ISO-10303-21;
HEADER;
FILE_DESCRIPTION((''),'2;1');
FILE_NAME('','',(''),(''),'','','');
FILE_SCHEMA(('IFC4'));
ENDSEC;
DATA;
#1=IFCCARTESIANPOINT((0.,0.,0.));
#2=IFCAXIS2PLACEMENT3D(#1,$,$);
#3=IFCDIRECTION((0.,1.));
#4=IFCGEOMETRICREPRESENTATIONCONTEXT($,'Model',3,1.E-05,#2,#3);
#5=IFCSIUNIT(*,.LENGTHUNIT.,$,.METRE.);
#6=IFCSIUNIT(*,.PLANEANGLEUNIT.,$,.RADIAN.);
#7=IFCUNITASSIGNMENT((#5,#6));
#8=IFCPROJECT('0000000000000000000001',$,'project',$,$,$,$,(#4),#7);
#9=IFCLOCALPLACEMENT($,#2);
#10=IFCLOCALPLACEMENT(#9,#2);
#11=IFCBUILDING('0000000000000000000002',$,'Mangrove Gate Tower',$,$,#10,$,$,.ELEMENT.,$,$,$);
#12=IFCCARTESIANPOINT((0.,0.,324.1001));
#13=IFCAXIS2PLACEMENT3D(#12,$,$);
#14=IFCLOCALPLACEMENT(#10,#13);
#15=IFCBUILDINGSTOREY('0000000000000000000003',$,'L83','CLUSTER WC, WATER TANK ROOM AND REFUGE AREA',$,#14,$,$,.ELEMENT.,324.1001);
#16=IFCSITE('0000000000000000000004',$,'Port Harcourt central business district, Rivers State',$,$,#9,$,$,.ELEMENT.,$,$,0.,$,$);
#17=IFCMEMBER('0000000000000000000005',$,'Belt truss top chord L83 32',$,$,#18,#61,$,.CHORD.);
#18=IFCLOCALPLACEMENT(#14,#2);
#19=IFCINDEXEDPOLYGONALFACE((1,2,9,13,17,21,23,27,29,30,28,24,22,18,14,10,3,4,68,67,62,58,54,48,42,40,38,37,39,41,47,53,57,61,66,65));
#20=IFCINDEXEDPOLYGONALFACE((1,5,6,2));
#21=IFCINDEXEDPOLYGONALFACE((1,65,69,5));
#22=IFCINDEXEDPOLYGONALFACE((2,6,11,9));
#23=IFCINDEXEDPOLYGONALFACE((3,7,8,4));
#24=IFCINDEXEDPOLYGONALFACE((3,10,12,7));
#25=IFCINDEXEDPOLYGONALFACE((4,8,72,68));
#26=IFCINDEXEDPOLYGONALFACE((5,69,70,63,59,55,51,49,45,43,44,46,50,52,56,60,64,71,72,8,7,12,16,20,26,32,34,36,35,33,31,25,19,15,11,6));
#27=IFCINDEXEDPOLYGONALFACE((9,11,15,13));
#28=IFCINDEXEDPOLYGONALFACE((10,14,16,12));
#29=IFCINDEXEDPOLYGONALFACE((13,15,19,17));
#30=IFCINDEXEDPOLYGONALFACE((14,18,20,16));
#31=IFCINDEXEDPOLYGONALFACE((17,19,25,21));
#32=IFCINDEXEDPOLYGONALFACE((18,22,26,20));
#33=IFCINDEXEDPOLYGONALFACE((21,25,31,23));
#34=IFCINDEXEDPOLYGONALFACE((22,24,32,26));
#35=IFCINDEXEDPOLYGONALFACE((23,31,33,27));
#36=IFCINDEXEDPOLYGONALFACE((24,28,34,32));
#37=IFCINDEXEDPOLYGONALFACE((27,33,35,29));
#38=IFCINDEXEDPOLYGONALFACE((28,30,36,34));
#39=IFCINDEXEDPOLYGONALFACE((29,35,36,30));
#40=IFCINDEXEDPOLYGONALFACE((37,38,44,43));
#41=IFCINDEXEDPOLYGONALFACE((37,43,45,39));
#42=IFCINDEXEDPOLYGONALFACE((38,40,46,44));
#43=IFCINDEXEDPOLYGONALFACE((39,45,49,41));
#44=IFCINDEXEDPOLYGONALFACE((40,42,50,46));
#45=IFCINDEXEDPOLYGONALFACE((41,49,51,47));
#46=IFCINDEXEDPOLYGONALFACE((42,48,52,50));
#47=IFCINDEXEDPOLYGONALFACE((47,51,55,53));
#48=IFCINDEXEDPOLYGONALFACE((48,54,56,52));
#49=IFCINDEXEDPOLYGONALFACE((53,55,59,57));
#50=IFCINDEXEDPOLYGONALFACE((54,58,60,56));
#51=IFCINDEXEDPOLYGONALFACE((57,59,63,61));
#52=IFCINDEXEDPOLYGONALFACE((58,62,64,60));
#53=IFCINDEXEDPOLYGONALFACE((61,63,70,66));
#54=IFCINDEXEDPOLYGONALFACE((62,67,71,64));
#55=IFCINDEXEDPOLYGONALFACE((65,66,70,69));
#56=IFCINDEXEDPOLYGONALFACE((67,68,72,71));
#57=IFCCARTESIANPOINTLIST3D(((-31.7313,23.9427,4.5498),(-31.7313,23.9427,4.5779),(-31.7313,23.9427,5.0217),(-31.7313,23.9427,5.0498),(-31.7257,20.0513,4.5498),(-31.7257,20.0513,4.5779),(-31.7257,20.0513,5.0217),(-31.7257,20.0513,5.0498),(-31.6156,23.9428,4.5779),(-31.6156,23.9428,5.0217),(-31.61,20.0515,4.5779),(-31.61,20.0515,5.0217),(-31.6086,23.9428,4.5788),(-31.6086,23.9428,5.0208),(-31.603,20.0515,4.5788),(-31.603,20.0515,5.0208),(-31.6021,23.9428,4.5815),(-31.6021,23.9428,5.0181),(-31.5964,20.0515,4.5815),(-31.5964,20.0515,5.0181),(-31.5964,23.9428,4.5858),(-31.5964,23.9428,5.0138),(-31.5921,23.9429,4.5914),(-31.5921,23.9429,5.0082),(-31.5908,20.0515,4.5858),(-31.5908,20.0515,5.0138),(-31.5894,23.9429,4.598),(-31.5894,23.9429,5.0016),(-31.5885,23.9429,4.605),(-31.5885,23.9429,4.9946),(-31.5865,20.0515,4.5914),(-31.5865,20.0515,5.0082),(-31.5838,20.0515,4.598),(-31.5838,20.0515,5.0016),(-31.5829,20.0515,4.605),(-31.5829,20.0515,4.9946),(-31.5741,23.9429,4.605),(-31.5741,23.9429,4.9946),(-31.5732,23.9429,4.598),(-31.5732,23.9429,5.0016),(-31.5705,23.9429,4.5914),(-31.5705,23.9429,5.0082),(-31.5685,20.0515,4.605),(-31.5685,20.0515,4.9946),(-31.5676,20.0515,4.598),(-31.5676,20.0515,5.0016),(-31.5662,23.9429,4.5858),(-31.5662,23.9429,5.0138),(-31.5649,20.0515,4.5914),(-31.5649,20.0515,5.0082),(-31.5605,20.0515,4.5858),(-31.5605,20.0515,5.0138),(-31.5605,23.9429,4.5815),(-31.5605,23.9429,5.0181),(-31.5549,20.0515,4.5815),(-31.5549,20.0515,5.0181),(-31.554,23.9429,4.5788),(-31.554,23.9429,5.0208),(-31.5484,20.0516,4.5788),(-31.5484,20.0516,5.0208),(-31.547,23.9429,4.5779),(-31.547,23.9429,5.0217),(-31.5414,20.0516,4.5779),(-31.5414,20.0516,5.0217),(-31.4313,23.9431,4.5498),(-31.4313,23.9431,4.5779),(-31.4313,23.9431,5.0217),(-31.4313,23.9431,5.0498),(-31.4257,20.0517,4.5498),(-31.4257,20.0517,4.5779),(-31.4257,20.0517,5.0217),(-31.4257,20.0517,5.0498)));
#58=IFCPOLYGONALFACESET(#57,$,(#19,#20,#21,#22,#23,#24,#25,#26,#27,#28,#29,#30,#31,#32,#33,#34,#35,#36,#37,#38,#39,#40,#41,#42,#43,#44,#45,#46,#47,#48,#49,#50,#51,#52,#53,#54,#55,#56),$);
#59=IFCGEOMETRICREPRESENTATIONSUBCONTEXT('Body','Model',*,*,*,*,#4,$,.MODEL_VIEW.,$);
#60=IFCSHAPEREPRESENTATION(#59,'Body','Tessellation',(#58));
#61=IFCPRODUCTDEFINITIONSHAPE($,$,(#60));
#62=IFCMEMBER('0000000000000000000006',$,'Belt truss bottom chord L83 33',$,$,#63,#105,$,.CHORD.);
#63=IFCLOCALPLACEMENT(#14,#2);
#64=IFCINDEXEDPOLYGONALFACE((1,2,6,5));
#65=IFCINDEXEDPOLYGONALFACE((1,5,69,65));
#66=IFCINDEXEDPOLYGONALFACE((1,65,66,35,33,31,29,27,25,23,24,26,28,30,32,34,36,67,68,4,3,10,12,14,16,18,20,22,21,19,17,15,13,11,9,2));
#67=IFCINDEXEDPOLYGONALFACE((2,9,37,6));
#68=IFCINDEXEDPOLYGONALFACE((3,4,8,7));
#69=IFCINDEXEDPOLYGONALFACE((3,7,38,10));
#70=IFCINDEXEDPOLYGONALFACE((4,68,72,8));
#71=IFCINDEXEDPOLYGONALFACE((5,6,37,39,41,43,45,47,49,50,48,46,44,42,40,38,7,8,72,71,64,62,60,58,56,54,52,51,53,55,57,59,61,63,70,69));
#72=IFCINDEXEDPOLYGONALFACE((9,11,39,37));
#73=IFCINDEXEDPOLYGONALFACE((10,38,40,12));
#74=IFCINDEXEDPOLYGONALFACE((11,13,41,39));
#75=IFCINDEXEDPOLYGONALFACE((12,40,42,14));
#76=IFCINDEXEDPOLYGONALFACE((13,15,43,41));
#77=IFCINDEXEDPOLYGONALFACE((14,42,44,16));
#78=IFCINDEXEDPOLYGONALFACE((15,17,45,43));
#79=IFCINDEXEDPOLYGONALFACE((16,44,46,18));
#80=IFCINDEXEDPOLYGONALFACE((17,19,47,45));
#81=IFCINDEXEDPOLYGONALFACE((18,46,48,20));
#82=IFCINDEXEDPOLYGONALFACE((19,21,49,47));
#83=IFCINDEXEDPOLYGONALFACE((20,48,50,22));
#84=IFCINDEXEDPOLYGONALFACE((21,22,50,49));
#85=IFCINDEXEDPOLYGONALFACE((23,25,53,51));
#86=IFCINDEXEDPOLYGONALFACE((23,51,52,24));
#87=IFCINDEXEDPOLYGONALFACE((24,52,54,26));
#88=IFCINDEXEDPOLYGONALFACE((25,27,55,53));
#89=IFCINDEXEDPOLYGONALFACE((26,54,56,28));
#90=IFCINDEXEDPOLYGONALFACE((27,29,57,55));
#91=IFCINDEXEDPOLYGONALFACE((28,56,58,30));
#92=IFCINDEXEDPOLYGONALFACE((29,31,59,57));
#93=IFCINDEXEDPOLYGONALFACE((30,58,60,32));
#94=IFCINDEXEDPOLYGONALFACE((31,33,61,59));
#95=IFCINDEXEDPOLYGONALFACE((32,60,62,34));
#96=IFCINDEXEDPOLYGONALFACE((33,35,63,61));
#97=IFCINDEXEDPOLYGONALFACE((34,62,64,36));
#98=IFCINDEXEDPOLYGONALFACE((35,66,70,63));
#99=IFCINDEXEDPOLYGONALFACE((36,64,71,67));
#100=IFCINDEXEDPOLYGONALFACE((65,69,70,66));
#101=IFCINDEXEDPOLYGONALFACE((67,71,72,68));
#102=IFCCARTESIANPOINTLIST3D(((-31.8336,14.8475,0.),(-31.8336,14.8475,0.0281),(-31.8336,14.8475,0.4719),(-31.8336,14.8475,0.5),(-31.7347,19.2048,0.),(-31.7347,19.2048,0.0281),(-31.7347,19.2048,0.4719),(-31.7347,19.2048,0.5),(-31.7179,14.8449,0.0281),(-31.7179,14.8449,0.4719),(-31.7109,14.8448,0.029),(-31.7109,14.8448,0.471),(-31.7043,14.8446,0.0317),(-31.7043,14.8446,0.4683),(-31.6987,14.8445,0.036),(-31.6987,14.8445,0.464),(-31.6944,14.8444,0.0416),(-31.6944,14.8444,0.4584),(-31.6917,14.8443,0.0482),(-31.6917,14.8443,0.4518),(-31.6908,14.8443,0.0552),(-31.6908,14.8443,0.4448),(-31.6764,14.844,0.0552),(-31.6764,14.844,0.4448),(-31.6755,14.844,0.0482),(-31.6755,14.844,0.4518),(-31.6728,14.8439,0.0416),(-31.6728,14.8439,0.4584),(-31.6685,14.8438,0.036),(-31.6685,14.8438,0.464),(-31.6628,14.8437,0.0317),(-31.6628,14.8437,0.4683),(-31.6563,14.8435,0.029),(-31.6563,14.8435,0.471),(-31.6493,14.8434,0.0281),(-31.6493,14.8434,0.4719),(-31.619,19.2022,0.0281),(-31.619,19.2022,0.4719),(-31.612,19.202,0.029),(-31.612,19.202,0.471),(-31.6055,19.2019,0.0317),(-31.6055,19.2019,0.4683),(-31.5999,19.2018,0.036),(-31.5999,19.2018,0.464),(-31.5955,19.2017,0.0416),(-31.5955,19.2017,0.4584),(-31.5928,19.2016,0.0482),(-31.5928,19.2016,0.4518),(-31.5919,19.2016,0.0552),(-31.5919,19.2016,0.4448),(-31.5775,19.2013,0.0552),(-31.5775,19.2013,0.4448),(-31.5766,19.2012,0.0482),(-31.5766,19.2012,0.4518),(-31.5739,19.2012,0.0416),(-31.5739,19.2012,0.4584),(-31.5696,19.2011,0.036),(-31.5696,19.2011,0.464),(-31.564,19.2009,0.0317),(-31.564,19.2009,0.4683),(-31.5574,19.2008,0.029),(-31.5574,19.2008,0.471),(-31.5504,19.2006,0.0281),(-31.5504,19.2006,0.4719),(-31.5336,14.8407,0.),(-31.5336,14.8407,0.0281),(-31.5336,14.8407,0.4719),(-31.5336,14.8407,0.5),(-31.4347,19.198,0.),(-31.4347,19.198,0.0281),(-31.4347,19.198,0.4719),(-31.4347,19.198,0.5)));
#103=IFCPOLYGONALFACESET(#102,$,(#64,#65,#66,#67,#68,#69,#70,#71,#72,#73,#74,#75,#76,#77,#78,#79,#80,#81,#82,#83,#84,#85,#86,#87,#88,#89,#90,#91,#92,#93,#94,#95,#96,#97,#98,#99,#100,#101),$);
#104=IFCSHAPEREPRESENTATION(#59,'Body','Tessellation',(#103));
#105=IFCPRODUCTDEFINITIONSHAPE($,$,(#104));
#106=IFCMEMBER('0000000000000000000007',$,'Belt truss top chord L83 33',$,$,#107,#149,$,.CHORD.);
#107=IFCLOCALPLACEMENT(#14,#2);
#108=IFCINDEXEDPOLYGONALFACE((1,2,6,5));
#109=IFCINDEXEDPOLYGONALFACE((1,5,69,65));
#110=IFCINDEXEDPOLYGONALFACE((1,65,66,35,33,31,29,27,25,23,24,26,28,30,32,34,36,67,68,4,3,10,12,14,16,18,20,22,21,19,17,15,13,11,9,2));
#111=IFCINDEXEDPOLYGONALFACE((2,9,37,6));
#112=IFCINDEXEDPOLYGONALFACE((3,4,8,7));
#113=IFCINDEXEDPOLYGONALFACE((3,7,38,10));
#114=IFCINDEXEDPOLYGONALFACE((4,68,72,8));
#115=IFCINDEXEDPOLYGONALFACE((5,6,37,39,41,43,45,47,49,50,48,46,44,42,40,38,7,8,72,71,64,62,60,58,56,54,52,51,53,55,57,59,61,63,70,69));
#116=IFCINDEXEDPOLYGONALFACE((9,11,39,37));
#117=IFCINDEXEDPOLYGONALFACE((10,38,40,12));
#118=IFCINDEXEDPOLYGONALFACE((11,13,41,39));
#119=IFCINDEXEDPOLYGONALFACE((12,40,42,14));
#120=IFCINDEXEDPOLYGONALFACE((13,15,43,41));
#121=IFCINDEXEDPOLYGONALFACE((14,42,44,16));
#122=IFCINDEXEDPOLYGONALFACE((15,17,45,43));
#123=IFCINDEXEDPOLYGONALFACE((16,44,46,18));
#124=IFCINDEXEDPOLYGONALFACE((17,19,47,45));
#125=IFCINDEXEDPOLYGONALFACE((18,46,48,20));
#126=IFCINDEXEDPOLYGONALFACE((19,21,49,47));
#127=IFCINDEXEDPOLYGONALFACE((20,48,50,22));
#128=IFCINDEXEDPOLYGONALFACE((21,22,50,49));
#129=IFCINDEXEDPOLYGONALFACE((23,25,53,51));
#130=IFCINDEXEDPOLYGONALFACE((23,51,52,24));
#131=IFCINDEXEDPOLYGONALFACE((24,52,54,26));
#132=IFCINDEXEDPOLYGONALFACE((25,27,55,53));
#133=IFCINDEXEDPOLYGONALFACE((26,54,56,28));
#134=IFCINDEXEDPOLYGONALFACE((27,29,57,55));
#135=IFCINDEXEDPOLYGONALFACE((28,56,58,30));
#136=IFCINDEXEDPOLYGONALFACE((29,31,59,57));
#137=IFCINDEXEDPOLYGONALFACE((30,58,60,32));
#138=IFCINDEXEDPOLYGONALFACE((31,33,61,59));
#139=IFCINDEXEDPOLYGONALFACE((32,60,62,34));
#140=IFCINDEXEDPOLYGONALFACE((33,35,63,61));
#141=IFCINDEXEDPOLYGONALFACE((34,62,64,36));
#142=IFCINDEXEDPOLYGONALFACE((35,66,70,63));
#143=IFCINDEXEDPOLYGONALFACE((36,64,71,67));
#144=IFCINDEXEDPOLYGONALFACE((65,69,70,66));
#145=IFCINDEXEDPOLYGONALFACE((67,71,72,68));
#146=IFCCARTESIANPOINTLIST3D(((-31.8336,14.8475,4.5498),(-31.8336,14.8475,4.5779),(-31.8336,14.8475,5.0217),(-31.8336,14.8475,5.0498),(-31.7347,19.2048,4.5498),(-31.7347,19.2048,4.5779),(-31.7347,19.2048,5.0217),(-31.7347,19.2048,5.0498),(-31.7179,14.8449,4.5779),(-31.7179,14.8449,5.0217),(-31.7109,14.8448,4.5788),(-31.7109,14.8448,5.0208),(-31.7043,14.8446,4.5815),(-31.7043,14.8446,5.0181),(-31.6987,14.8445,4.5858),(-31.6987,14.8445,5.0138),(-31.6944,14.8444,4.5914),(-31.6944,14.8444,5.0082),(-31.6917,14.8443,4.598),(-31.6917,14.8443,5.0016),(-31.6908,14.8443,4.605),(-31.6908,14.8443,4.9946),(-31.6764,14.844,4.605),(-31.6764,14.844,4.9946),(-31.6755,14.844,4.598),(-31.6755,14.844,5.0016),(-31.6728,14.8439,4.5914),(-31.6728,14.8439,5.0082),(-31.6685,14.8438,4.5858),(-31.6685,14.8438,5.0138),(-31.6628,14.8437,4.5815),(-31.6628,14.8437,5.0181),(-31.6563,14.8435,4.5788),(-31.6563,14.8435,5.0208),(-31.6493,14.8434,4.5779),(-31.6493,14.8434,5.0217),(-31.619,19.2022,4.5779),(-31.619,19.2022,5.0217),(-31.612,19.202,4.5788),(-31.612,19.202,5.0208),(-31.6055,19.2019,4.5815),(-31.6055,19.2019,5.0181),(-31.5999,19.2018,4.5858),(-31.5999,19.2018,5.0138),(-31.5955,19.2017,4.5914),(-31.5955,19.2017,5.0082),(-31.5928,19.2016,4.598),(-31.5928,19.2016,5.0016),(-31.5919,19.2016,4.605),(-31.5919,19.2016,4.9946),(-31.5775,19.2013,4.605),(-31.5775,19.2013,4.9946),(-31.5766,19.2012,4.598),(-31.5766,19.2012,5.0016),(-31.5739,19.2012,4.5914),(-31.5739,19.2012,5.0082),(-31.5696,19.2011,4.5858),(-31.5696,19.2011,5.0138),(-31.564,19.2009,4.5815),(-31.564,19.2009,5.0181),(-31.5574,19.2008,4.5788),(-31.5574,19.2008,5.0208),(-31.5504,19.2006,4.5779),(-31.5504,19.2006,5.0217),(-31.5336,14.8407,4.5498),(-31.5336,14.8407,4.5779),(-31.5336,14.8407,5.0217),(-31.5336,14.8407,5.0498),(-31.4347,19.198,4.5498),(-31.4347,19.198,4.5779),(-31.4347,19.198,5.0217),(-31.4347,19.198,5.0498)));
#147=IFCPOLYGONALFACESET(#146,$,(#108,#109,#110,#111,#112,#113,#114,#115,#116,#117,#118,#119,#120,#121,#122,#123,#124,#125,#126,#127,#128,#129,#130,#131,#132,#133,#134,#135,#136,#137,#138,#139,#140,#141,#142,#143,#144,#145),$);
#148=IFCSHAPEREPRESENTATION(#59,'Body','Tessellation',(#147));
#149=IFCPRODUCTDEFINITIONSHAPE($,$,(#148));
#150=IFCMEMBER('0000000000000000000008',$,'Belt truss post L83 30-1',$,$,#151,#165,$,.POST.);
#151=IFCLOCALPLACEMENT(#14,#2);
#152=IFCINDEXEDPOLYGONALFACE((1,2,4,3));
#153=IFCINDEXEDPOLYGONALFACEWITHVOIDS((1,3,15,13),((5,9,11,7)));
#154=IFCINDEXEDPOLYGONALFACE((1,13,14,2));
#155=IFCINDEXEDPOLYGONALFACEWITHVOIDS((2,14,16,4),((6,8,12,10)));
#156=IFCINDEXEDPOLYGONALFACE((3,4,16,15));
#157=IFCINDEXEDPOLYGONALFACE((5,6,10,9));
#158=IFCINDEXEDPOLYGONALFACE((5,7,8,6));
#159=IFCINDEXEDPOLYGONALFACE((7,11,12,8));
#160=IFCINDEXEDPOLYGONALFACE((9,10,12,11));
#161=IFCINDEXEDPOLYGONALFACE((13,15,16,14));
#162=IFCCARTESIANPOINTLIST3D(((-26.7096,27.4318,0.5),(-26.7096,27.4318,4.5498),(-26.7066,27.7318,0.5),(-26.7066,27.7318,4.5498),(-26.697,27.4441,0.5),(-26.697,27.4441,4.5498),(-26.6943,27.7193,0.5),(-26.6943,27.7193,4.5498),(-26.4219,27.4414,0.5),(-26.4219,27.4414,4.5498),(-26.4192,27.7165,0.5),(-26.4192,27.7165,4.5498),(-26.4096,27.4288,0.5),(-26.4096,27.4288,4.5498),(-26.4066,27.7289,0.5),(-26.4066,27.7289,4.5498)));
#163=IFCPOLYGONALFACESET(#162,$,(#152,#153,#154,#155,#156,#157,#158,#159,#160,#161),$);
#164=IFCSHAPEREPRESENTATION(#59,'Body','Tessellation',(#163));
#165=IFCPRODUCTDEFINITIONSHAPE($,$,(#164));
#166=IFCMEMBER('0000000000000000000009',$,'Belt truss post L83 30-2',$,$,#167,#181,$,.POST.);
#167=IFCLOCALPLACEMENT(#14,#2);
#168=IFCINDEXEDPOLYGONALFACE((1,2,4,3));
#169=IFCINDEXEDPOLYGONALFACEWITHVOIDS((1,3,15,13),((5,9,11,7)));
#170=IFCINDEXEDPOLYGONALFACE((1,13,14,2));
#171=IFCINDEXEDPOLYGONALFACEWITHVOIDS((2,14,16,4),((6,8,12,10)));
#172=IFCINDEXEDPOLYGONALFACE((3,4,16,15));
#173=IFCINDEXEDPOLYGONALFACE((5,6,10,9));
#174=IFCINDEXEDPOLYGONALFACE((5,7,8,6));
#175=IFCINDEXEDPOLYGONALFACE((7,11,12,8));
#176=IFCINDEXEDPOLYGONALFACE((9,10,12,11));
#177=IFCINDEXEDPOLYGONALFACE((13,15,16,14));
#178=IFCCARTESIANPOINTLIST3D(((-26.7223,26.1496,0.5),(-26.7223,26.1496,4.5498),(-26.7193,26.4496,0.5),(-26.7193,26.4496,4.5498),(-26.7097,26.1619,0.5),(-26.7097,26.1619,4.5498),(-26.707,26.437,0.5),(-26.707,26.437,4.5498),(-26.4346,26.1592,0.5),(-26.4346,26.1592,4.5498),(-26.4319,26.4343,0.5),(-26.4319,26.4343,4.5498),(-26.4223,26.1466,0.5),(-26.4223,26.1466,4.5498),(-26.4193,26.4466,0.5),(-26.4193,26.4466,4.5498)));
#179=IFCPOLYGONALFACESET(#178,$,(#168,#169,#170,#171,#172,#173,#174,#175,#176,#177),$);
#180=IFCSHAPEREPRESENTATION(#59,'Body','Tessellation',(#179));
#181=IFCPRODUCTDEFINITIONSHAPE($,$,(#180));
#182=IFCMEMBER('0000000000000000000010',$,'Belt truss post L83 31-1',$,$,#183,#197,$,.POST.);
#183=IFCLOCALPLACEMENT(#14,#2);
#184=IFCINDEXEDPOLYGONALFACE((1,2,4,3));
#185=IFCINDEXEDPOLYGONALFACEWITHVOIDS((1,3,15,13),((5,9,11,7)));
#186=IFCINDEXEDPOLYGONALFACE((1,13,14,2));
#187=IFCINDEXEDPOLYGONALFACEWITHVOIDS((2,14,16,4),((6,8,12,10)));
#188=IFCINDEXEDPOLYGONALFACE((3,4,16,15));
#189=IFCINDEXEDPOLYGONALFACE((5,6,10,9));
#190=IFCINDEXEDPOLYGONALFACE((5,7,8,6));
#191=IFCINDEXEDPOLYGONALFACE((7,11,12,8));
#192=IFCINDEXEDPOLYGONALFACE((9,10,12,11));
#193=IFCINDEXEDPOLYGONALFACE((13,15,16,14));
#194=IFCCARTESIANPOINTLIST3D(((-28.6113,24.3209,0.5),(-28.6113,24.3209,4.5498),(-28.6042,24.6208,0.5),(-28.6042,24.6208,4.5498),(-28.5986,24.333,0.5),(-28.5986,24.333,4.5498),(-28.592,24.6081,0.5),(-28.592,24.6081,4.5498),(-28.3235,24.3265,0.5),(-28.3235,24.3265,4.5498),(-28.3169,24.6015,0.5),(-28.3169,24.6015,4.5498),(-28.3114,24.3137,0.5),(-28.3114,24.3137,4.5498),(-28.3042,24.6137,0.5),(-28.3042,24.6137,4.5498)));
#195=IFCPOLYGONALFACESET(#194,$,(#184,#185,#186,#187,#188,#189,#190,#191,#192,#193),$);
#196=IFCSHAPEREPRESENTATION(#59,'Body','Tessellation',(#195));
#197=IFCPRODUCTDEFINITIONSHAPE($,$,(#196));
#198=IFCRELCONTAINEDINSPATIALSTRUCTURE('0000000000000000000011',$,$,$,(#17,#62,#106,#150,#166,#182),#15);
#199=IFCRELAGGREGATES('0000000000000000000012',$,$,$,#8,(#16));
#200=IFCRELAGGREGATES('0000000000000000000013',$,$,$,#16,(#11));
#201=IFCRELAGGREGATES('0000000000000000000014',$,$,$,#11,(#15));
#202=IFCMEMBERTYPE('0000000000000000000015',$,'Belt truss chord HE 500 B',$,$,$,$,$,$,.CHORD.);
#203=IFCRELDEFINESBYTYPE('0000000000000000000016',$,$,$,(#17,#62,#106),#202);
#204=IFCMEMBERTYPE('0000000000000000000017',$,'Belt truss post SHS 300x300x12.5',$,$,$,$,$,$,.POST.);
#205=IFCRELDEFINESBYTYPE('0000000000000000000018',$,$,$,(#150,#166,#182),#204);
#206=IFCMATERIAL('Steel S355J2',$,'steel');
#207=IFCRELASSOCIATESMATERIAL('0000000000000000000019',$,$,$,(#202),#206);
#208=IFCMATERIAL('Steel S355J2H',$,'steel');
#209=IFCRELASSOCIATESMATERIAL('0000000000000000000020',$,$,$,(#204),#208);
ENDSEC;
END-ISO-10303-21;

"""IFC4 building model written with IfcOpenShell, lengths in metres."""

from ifc_helpers import new_model, si_unit, direction, frame, origin, origin_2d, place, context, subcontext, project, spatial, hollow_rectangle, i_section, extrude, material, material_profile, profile_set, type_object, element, save


model = new_model("IFC4")

# Units and contexts
model_context = context("Model", 3, precision=1e-05, world=origin(), true_north=direction((0.0, 1.0)))
body_context = subcontext(model_context, "Body", "Model", "MODEL_VIEW")
ifc_project = project(units=[si_unit("LENGTHUNIT", "METRE"), si_unit("PLANEANGLEUNIT", "RADIAN")], contexts=[model_context])

# Site, building, storey
site_placement = place(None, origin())
site = spatial("IfcSite", under=ifc_project, at=site_placement, Name="Port Harcourt central business district, Rivers State", CompositionType="ELEMENT", RefElevation=0.0)
building_placement = place(site_placement, origin())
building = spatial("IfcBuilding", under=site, at=building_placement, Name="Mangrove Gate Tower", CompositionType="ELEMENT")
storey_placement = place(building_placement, frame((0.0, 0.0, 324.1001)))
storey = spatial("IfcBuildingStorey", under=building, at=storey_placement, Name="L83", Description="CLUSTER WC, WATER TANK ROOM AND REFUGE AREA", CompositionType="ELEMENT", Elevation=324.1001)

# Members
ifc_material_1 = material(Name="Steel S355J2", Category="steel")
ifc_material_profile_1 = material_profile(ifc_material_1, i_section(OverallWidth=0.3, OverallDepth=0.5, WebThickness=0.0144, FlangeThickness=0.0281, FilletRadius=0.0271, at=origin_2d()))
ifc_profile_set_1 = profile_set([ifc_material_profile_1], Name="Steel S355J2")
member_type_1 = type_object("IfcMemberType", Name="Belt truss chord HE 500 B", PredefinedType="CHORD", material=ifc_profile_set_1)
for number, where, z_axis, x_axis, name in (
    (1, (-31.5813, 23.9429, 4.7998), (0.001443, -0.999999, 0.0), (0.999999, 0.001443, 0.0), "Belt truss top chord L83 32"),
):
    element("IfcMember", number, at=place(storey_placement, frame(where, z_axis=z_axis, x_axis=x_axis)), inside=storey, type_object=member_type_1, Name=name, PredefinedType="CHORD", context=body_context, shape_type="SweptSolid", body=[
        extrude(i_section(OverallWidth=0.3, OverallDepth=0.5, WebThickness=0.0144, FlangeThickness=0.0281, FilletRadius=0.0271, at=origin_2d()), origin(), (0.0, 0.0, 1.0), 3.8914),
    ])
for number, where, z_axis, x_axis, name in (
    (2, (-31.5847, 19.2014, 0.25), (-0.022687, -0.999743, 0.0), (0.999743, -0.022687, 0.0), "Belt truss bottom chord L83 33"),
    (3, (-31.5847, 19.2014, 4.7998), (-0.022687, -0.999743, 0.0), (0.999743, -0.022687, 0.0), "Belt truss top chord L83 33"),
):
    element("IfcMember", number, at=place(storey_placement, frame(where, z_axis=z_axis, x_axis=x_axis)), inside=storey, type_object=member_type_1, Name=name, PredefinedType="CHORD", context=body_context, shape_type="SweptSolid", body=[
        extrude(i_section(OverallWidth=0.3, OverallDepth=0.5, WebThickness=0.0144, FlangeThickness=0.0281, FilletRadius=0.0271, at=origin_2d()), origin(), (0.0, 0.0, 1.0), 4.3584),
    ])
ifc_material_2 = material(Name="Steel S355J2H", Category="steel")
ifc_material_profile_2 = material_profile(ifc_material_2, hollow_rectangle(XDim=0.3, YDim=0.3, WallThickness=0.0125, at=origin_2d()))
ifc_profile_set_2 = profile_set([ifc_material_profile_2], Name="Steel S355J2H")
member_type_2 = type_object("IfcMemberType", Name="Belt truss post SHS 300x300x12.5", PredefinedType="POST", material=ifc_profile_set_2)
for number, where, z_axis, x_axis, name in (
    (4, (-26.5581, 27.5803, 0.5), (0.0, 0.0, 1.0), (-0.009904, -0.999951, 0.0), "Belt truss post L83 30-1"),
    (5, (-26.5708, 26.2981, 0.5), (0.0, 0.0, 1.0), (-0.009904, -0.999951, 0.0), "Belt truss post L83 30-2"),
    (6, (-28.4578, 24.4673, 0.5), (0.0, 0.0, 1.0), (-0.999716, 0.023847, 0.0), "Belt truss post L83 31-1"),
):
    element("IfcMember", number, at=place(storey_placement, frame(where, z_axis=z_axis, x_axis=x_axis)), inside=storey, type_object=member_type_2, Name=name, PredefinedType="POST", context=body_context, shape_type="SweptSolid", body=[
        extrude(hollow_rectangle(XDim=0.3, YDim=0.3, WallThickness=0.0125, at=origin_2d()), origin(), (0.0, 0.0, 1.0), 4.0498),
    ])

save(model, "model.ifc")
